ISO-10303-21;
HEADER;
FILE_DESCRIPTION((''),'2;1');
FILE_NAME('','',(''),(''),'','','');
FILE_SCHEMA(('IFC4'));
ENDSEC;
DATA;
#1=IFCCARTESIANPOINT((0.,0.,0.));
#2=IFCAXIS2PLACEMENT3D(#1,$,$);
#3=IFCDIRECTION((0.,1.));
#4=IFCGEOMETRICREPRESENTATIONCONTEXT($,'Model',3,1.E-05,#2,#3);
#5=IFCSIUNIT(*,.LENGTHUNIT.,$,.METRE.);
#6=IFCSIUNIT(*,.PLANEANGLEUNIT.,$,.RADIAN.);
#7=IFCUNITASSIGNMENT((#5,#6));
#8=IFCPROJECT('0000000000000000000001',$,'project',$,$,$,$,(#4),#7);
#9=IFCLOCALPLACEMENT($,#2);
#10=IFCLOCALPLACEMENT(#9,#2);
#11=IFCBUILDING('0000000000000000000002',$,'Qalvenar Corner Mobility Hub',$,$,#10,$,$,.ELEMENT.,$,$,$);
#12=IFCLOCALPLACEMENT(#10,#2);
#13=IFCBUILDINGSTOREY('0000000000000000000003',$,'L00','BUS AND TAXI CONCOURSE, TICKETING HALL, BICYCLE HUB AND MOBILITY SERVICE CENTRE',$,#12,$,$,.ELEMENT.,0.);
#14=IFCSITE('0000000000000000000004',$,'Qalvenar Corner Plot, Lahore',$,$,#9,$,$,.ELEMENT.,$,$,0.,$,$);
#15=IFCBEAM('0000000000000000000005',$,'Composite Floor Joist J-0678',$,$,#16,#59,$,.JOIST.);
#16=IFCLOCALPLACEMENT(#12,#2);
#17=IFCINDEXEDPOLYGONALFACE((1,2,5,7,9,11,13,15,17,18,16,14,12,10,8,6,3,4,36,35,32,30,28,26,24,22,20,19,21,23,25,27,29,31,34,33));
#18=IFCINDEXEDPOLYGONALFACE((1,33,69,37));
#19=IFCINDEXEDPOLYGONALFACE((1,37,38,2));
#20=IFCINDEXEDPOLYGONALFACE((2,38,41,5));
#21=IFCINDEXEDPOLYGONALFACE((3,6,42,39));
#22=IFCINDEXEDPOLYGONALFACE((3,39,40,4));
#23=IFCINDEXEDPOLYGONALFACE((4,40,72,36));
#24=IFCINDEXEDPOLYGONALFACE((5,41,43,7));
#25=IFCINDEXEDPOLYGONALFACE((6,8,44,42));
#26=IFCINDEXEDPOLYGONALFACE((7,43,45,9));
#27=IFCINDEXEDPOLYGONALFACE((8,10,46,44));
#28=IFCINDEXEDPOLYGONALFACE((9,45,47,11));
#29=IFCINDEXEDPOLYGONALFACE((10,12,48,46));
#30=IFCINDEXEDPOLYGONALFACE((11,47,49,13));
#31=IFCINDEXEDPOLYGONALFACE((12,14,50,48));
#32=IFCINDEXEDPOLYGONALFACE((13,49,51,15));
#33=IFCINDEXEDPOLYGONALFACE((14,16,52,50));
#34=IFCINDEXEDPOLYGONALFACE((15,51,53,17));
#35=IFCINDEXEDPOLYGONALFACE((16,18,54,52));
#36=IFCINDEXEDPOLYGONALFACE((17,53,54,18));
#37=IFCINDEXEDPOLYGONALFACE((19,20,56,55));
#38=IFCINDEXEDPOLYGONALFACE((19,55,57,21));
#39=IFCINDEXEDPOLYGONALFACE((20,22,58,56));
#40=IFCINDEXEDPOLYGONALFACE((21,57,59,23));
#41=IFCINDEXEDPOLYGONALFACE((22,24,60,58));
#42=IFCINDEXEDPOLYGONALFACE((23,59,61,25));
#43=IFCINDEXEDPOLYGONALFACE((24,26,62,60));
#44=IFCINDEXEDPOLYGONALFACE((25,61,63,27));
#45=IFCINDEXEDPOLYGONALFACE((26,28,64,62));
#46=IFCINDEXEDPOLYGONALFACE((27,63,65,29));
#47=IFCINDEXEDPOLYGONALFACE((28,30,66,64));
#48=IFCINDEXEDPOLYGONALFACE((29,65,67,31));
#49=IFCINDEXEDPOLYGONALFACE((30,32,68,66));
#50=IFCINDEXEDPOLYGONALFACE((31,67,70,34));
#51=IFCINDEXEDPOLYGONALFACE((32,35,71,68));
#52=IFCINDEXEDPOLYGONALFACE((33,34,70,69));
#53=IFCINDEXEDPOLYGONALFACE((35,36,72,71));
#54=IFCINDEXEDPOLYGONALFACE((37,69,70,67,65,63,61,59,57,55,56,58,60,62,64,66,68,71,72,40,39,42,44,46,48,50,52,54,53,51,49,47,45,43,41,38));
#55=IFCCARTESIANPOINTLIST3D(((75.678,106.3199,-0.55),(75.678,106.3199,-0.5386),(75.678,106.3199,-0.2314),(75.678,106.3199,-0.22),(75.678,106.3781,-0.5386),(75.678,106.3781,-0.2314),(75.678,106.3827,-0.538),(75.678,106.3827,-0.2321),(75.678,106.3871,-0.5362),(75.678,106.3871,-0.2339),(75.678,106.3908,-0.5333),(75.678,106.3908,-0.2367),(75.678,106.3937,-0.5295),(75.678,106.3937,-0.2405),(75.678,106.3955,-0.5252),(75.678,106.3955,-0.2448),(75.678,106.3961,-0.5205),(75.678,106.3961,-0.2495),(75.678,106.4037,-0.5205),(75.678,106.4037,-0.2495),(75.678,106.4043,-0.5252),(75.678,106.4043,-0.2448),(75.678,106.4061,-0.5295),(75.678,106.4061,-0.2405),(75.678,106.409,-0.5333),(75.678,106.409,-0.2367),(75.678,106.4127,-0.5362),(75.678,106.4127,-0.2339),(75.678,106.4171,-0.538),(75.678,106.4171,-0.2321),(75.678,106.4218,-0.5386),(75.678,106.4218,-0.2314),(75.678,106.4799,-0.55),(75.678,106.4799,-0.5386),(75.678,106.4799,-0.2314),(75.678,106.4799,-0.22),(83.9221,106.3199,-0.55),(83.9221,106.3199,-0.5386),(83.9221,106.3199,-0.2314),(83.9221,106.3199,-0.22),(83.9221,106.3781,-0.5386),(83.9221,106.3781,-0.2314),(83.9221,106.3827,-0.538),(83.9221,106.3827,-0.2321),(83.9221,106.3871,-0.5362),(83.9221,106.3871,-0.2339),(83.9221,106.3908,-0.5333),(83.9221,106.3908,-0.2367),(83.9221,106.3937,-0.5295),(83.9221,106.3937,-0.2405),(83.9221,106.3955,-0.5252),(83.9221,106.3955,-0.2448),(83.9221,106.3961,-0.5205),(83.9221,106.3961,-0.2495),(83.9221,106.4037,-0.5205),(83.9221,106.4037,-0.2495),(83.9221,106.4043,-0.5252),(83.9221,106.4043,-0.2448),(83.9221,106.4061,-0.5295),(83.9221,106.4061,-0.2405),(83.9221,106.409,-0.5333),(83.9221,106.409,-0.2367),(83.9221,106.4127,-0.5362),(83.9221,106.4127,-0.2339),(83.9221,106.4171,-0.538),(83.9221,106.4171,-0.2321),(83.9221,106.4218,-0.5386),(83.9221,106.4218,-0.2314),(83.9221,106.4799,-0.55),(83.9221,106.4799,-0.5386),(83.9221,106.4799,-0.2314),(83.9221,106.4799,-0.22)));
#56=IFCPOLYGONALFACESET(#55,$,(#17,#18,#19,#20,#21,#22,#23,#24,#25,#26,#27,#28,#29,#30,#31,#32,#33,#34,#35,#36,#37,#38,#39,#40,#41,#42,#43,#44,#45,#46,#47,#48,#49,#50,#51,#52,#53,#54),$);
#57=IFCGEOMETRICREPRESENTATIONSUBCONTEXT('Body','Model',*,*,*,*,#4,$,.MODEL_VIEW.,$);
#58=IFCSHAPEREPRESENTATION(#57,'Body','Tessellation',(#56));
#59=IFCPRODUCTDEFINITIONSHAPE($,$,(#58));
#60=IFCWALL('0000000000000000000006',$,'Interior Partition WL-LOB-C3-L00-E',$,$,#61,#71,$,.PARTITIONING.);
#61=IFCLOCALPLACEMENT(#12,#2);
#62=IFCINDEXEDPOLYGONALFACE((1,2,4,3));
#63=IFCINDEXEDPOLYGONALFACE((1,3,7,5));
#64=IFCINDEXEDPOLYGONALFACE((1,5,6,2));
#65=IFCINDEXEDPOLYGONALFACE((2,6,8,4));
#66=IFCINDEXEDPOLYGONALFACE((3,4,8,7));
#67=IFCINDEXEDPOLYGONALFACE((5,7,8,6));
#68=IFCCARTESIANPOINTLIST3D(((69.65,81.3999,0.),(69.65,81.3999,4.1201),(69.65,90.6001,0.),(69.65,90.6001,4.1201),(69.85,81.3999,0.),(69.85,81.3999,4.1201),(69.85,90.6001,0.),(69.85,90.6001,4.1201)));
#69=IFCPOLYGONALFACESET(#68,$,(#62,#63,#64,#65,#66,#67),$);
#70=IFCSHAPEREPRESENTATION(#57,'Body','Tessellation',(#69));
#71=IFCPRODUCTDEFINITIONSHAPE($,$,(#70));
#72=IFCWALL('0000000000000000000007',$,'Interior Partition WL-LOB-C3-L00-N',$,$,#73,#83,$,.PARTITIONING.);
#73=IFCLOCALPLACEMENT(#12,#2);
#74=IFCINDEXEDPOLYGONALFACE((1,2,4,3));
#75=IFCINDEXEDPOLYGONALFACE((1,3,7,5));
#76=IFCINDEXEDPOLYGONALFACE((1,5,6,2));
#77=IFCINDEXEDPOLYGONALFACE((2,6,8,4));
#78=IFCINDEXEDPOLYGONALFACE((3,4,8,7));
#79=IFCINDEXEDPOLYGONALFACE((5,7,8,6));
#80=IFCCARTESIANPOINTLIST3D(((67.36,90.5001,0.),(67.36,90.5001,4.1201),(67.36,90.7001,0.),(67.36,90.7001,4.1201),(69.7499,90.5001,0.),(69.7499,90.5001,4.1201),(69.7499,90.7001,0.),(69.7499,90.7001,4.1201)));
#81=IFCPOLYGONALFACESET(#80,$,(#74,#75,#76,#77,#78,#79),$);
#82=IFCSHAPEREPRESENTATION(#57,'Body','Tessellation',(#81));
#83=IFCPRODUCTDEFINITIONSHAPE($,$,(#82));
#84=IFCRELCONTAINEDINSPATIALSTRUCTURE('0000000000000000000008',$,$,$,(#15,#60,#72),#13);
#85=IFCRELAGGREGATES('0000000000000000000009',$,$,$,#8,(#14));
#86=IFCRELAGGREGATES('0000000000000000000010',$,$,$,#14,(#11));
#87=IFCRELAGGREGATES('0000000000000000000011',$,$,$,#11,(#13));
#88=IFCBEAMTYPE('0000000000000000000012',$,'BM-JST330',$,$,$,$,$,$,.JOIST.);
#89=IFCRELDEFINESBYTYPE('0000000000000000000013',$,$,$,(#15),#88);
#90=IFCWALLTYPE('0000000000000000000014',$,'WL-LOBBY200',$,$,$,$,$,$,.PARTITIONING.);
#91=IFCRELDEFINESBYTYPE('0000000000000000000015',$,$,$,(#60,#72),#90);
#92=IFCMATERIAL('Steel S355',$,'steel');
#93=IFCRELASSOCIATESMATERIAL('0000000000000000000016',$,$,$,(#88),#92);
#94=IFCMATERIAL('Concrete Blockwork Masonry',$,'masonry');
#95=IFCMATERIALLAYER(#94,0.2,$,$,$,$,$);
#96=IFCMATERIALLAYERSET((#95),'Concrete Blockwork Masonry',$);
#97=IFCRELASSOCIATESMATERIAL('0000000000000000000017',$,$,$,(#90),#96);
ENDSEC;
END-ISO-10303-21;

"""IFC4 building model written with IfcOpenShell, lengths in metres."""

from ifc_helpers import new_model, si_unit, direction, frame, frame_2d, origin, origin_2d, place, context, subcontext, project, spatial, rectangle, i_section, extrude, material, layer, layer_set, material_profile, profile_set, type_object, element, save


model = new_model("IFC4")

# Units and contexts
model_context = context("Model", 3, precision=1e-05, world=origin(), true_north=direction((0.0, 1.0)))
body_context = subcontext(model_context, "Body", "Model", "MODEL_VIEW")
ifc_project = project(units=[si_unit("LENGTHUNIT", "METRE"), si_unit("PLANEANGLEUNIT", "RADIAN")], contexts=[model_context])

# Site, building, storey
site_placement = place(None, origin())
site = spatial("IfcSite", under=ifc_project, at=site_placement, Name="Qalvenar Corner Plot, Lahore", CompositionType="ELEMENT", RefElevation=0.0)
building_placement = place(site_placement, origin())
building = spatial("IfcBuilding", under=site, at=building_placement, Name="Qalvenar Corner Mobility Hub", CompositionType="ELEMENT")
storey_placement = place(building_placement, origin())
storey = spatial("IfcBuildingStorey", under=building, at=storey_placement, Name="L00", Description="BUS AND TAXI CONCOURSE, TICKETING HALL, BICYCLE HUB AND MOBILITY SERVICE CENTRE", CompositionType="ELEMENT", Elevation=0.0)

# Shared definitions
ifc_material_1 = material(Name="Steel S355", Category="steel")

# Beam
ifc_material_profile_1 = material_profile(ifc_material_1, i_section(OverallWidth=0.1599, OverallDepth=0.3301, WebThickness=0.0076, FlangeThickness=0.0115, FilletRadius=0.0181, at=origin_2d()), Name="IPE330")
ifc_profile_set_1 = profile_set([ifc_material_profile_1], Name="Steel S355")
beam_type_1 = type_object("IfcBeamType", Name="BM-JST330", PredefinedType="JOIST", material=ifc_profile_set_1)
for number, where, z_axis, x_axis, name in (
    (1, (75.678, 106.3999, -0.385), (1.0, 0.0, 0.0), (0.0, 1.0, 0.0), "Composite Floor Joist J-0678"),
):
    element("IfcBeam", number, at=place(storey_placement, frame(where, z_axis=z_axis, x_axis=x_axis)), inside=storey, type_object=beam_type_1, Name=name, PredefinedType="JOIST", context=body_context, shape_type="SweptSolid", body=[
        extrude(i_section(OverallWidth=0.1599, OverallDepth=0.3301, WebThickness=0.0076, FlangeThickness=0.0115, FilletRadius=0.0181, at=origin_2d()), origin(), (0.0, 0.0, 1.0), 8.2441),
    ])

# Walls
ifc_material_2 = material(Name="Concrete Blockwork Masonry", Category="masonry")
ifc_layer = layer(ifc_material_2, 0.2)
ifc_layer_set = layer_set([ifc_layer], Name="Concrete Blockwork Masonry")
wall_type = type_object("IfcWallType", Name="WL-LOBBY200", PredefinedType="PARTITIONING", material=ifc_layer_set)
wall_1_placement = place(storey_placement, frame((69.75, 81.3999, 0.0), z_axis=(0.0, 0.0, 1.0), x_axis=(0.0, 1.0, 0.0)))
element("IfcWall", 2, at=wall_1_placement, inside=storey, type_object=wall_type, Name="Interior Partition WL-LOB-C3-L00-E", PredefinedType="PARTITIONING", context=body_context, shape_type="SweptSolid", body=[
    extrude(rectangle(XDim=9.2002, YDim=0.2, at=frame_2d((4.6001, 0.0))), origin(), (0.0, 0.0, 1.0), 4.1201),
])
wall_2_placement = place(storey_placement, frame((67.3601, 90.6001, 0.0), z_axis=(0.0, 0.0, 1.0), x_axis=(1.0, 0.0, 0.0)))
element("IfcWall", 3, at=wall_2_placement, inside=storey, type_object=wall_type, Name="Interior Partition WL-LOB-C3-L00-N", PredefinedType="PARTITIONING", context=body_context, shape_type="SweptSolid", body=[
    extrude(rectangle(XDim=2.3899, YDim=0.2, at=frame_2d((1.1948, 0.0))), origin(), (0.0, 0.0, 1.0), 4.1201),
])

save(model, "model.ifc")
